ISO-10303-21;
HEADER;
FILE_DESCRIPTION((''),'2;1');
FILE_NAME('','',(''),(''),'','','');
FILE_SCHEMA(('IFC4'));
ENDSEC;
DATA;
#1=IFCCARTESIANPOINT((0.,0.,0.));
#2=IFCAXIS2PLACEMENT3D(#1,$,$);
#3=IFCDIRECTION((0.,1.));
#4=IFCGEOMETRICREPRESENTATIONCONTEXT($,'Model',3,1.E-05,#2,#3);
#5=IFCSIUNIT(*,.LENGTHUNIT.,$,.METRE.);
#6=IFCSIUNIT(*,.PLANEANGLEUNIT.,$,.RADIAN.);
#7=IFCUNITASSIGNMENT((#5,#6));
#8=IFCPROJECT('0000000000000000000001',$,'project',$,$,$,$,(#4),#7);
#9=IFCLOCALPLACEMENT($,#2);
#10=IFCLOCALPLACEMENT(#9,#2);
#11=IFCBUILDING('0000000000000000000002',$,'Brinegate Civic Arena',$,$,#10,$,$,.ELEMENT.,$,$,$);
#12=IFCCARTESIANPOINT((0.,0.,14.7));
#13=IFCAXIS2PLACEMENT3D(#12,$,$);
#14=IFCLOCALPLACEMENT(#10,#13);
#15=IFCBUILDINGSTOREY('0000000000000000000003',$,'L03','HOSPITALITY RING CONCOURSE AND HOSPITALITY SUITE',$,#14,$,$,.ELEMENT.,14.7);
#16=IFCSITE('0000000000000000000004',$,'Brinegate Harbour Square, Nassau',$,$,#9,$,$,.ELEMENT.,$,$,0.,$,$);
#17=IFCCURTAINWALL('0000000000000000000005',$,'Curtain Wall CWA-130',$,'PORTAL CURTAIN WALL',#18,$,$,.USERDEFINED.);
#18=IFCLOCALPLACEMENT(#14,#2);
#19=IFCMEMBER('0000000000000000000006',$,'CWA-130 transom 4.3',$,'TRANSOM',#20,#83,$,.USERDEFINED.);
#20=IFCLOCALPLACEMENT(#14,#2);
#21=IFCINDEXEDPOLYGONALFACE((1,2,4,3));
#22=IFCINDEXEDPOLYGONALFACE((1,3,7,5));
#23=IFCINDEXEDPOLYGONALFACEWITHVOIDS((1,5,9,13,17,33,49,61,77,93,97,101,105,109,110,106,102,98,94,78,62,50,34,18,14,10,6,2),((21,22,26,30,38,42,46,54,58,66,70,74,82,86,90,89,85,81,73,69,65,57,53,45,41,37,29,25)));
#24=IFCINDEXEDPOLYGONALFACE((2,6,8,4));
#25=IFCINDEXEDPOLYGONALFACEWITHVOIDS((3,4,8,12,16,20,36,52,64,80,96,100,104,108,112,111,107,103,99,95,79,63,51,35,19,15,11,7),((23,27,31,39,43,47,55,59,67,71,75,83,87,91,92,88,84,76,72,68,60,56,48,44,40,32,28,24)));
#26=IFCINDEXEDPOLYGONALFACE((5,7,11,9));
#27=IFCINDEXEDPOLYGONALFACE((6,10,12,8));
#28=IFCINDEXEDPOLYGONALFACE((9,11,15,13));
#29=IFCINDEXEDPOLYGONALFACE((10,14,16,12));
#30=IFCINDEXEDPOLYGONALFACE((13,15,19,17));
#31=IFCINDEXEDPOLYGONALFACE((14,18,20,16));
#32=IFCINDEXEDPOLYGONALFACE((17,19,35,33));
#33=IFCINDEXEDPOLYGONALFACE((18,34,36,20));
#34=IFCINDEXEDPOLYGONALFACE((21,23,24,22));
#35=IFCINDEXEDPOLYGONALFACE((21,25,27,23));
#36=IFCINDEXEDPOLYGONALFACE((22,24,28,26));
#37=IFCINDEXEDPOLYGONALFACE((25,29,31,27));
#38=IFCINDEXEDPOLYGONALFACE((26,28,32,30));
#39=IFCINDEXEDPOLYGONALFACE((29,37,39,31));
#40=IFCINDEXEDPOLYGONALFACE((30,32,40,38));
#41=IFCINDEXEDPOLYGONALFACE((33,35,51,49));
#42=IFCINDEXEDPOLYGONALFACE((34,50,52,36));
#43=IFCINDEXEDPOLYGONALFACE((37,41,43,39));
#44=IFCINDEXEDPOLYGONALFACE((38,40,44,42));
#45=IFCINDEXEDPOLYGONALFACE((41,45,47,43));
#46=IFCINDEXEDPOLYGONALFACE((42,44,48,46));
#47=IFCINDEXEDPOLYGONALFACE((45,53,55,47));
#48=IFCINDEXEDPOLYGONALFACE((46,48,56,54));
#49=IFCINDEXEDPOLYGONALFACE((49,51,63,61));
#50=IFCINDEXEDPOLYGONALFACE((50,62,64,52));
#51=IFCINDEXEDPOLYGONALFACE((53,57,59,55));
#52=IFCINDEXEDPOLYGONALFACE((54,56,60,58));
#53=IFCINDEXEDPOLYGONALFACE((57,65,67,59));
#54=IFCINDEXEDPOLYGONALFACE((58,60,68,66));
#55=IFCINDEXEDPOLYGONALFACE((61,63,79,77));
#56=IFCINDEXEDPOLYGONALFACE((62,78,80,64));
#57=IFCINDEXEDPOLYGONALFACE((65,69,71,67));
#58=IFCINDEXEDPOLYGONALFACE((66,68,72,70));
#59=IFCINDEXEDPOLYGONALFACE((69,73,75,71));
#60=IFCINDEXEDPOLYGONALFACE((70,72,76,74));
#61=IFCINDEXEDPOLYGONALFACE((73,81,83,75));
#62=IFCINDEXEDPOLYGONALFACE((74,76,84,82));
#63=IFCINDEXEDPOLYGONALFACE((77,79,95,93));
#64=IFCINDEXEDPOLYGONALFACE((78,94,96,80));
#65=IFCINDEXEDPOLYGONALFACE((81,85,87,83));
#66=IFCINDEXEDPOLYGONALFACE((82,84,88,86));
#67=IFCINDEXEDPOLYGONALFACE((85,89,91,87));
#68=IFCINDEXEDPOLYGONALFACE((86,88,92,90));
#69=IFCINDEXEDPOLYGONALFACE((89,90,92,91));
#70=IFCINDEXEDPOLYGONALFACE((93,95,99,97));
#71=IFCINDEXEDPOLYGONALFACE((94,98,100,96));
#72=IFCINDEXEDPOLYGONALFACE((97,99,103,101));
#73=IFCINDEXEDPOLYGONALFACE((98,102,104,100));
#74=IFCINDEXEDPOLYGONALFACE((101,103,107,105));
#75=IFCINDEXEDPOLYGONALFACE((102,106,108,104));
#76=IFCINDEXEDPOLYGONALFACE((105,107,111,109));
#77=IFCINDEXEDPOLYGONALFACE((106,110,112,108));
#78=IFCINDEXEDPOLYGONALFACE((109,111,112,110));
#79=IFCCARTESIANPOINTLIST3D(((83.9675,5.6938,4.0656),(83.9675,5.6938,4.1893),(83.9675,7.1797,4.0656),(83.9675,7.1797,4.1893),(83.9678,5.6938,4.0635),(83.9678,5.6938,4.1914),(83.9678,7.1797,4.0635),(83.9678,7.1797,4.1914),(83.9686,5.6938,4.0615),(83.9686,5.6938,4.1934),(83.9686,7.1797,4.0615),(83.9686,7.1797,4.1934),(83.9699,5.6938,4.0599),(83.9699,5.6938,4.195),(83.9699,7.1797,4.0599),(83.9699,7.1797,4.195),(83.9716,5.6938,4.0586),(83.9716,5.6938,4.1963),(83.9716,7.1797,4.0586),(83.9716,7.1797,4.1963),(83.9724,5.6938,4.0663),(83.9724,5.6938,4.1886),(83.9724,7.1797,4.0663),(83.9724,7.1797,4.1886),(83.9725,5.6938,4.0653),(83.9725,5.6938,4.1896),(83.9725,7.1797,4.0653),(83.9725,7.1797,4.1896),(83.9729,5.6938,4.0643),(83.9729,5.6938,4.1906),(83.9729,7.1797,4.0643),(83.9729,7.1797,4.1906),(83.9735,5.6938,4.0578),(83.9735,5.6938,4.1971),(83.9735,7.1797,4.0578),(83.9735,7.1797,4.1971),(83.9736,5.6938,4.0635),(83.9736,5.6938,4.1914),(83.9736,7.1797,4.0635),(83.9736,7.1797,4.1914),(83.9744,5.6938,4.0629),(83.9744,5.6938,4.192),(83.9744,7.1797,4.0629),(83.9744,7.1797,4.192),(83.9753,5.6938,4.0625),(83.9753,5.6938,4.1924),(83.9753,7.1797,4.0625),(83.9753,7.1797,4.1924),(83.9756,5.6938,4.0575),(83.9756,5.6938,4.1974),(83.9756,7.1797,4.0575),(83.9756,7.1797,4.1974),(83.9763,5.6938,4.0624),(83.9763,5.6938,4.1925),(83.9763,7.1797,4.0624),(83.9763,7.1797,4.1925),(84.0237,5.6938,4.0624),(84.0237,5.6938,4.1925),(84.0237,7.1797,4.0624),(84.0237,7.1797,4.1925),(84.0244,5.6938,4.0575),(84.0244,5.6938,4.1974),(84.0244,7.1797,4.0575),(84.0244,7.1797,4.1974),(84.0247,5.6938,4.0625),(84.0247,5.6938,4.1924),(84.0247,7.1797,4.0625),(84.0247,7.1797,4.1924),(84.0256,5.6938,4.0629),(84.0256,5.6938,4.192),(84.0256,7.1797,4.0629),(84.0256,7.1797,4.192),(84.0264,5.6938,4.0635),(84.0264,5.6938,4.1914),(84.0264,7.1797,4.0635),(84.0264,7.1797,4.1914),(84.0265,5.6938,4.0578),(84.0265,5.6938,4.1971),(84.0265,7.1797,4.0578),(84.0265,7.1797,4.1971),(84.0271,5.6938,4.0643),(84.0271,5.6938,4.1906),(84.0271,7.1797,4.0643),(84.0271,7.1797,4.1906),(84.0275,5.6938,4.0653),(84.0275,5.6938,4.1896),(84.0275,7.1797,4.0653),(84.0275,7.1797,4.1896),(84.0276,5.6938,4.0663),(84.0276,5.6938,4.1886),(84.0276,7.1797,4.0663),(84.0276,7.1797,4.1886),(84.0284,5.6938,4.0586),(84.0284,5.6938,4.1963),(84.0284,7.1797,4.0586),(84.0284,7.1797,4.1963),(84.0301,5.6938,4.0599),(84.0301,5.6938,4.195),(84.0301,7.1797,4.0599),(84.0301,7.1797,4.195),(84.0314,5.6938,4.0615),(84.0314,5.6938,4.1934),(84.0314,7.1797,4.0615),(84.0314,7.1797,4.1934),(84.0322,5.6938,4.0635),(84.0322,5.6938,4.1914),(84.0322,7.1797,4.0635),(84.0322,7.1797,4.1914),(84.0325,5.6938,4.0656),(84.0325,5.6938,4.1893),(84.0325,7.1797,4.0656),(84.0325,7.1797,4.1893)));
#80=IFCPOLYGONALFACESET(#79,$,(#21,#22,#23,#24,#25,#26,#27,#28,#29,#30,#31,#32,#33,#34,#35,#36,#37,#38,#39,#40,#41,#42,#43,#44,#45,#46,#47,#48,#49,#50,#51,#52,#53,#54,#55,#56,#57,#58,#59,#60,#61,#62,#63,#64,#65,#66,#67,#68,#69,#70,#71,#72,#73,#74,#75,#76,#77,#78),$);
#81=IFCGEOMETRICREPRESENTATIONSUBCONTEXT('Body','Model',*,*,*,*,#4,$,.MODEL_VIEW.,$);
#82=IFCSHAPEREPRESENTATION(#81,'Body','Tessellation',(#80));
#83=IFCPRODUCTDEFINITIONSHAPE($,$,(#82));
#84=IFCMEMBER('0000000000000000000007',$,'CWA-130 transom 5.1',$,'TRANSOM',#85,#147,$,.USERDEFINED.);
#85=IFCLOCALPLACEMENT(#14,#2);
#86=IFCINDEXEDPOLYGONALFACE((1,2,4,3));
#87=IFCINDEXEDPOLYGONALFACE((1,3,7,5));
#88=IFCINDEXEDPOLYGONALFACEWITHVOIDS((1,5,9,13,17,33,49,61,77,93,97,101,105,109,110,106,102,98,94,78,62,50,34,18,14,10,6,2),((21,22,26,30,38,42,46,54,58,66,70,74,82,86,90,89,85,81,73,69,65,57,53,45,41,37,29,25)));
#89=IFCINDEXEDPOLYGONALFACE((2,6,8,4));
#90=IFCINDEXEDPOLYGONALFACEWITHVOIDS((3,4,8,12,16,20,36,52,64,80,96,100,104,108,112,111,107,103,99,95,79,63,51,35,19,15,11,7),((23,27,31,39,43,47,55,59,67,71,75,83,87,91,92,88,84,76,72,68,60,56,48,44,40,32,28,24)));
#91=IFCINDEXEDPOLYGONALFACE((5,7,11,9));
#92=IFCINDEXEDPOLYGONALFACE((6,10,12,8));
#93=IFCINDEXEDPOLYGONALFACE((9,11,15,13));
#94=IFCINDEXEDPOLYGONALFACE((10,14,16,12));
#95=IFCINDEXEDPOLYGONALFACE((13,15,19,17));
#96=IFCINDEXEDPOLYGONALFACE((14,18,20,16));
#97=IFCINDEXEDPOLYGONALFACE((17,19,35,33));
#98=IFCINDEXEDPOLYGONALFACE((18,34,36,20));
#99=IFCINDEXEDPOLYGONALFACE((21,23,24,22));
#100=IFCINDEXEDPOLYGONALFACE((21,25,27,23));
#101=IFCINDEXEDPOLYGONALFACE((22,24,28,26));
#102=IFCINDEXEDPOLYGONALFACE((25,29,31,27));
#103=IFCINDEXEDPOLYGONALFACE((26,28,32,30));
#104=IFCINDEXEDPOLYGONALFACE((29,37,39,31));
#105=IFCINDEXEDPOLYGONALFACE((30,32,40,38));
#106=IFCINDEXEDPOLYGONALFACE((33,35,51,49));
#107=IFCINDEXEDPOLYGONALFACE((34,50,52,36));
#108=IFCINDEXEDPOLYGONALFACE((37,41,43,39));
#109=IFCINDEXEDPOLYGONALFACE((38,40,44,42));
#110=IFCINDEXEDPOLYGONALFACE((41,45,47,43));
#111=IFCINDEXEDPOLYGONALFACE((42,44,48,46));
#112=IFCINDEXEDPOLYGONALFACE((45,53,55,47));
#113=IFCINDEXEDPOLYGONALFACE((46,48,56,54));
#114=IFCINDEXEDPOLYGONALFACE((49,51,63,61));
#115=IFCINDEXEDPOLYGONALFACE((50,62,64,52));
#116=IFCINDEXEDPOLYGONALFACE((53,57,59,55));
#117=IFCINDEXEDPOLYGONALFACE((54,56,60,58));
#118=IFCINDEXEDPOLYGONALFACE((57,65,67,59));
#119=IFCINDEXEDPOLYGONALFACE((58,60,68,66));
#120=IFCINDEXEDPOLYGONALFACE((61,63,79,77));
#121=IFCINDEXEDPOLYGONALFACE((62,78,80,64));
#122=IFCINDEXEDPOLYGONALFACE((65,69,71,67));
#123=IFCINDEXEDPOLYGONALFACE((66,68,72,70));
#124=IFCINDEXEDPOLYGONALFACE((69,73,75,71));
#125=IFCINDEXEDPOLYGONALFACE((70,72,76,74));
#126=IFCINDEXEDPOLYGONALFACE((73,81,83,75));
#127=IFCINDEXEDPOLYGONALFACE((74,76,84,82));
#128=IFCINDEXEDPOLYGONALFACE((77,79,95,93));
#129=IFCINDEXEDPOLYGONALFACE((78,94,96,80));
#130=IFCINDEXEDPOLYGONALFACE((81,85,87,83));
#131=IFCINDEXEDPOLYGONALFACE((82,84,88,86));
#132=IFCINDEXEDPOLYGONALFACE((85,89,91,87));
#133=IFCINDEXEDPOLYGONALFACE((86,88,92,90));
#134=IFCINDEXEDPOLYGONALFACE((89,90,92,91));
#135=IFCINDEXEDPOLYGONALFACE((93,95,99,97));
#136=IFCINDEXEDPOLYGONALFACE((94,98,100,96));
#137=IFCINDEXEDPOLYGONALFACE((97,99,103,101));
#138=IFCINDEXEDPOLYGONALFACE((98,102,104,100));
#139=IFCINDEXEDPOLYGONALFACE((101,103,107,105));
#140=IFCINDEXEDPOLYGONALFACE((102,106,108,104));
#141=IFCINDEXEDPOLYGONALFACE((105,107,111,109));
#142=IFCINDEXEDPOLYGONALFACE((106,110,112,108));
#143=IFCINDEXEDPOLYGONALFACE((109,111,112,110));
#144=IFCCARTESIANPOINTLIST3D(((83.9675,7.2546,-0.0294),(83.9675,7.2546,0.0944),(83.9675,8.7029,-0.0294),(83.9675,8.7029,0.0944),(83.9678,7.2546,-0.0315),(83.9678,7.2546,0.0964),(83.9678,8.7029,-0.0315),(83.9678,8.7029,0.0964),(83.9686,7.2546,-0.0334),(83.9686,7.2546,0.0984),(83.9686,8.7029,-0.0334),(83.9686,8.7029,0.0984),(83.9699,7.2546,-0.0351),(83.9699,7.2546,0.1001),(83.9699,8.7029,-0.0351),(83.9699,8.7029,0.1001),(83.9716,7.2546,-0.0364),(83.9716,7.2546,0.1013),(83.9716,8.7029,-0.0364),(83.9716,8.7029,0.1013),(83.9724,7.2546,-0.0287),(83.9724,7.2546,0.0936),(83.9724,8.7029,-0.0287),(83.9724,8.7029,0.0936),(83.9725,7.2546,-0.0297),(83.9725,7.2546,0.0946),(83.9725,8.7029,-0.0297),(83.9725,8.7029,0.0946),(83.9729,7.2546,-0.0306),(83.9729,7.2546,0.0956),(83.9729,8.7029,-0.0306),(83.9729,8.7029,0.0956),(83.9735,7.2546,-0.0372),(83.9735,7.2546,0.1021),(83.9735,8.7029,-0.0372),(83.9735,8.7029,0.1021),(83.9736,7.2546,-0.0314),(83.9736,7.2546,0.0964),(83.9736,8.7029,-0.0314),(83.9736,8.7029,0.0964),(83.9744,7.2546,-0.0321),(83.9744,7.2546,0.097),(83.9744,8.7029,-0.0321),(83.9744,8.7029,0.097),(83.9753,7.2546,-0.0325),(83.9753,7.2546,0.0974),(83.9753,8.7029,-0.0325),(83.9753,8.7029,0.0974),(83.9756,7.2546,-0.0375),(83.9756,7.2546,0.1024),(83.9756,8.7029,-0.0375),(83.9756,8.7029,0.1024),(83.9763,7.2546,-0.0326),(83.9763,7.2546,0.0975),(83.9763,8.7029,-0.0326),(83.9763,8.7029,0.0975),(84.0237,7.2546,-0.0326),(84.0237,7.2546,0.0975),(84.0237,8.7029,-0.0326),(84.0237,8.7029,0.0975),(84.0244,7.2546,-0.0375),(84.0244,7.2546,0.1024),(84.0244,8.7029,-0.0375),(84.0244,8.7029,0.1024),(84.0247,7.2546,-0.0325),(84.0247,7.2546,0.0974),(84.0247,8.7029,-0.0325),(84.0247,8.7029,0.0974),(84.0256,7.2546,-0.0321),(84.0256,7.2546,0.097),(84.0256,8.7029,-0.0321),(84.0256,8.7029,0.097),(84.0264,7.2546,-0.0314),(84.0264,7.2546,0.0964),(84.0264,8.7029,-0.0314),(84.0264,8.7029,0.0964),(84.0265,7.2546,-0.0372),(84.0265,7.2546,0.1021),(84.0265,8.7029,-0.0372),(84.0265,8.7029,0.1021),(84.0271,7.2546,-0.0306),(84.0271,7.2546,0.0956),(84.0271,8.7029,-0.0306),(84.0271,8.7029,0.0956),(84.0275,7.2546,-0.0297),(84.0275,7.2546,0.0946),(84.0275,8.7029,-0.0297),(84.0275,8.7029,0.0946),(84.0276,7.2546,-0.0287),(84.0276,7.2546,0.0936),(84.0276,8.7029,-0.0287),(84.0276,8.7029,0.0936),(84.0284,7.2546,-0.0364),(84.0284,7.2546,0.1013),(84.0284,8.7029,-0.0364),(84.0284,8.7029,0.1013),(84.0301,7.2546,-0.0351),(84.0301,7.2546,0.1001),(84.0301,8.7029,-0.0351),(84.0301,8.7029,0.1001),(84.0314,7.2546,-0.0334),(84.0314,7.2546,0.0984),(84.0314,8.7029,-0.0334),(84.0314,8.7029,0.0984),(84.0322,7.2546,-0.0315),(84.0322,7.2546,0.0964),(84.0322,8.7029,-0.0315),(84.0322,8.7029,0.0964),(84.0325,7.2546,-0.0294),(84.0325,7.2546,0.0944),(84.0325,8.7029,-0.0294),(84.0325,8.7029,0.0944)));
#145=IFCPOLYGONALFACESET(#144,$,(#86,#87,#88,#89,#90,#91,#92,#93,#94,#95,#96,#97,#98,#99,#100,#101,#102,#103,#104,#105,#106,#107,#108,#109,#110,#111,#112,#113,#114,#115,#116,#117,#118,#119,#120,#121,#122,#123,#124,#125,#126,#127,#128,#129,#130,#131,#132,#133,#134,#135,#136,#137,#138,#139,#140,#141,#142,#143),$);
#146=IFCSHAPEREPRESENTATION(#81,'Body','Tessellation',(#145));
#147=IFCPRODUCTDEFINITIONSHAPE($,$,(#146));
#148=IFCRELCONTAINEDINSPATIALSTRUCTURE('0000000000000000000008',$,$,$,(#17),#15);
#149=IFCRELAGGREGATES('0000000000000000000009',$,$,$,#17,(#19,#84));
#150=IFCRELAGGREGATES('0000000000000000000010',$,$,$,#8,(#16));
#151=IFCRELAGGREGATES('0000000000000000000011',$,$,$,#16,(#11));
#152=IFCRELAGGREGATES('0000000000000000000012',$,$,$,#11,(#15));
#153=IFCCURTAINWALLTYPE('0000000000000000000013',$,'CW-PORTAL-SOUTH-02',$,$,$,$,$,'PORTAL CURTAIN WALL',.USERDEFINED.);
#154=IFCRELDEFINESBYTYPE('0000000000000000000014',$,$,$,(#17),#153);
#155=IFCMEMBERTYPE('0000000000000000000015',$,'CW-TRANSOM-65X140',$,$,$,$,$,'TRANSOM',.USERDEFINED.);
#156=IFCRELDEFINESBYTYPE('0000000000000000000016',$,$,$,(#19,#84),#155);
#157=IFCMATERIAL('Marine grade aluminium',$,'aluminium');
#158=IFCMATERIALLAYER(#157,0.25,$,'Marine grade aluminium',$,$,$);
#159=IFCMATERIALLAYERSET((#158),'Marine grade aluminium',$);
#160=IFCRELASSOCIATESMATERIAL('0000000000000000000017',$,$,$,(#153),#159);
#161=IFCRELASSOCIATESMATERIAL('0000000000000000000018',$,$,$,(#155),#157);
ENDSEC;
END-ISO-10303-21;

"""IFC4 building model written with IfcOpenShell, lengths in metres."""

from ifc_helpers import new_model, si_unit, direction, frame, origin, origin_2d, place, context, subcontext, project, spatial, hollow_rectangle, extrude, material, layer, layer_set, material_profile, profile_set, type_object, element, aggregate, save


model = new_model("IFC4")

# Units and contexts
model_context = context("Model", 3, precision=1e-05, world=origin(), true_north=direction((0.0, 1.0)))
body_context = subcontext(model_context, "Body", "Model", "MODEL_VIEW")
ifc_project = project(units=[si_unit("LENGTHUNIT", "METRE"), si_unit("PLANEANGLEUNIT", "RADIAN")], contexts=[model_context])

# Site, building, storey
site_placement = place(None, origin())
site = spatial("IfcSite", under=ifc_project, at=site_placement, Name="Brinegate Harbour Square, Nassau", CompositionType="ELEMENT", RefElevation=0.0)
building_placement = place(site_placement, origin())
building = spatial("IfcBuilding", under=site, at=building_placement, Name="Brinegate Civic Arena", CompositionType="ELEMENT")
storey_placement = place(building_placement, frame((0.0, 0.0, 14.7)))
storey = spatial("IfcBuildingStorey", under=building, at=storey_placement, Name="L03", Description="HOSPITALITY RING CONCOURSE AND HOSPITALITY SUITE", CompositionType="ELEMENT", Elevation=14.7)

# Shared definitions
ifc_material_1 = material(Name="Marine grade aluminium", Category="aluminium")
ifc_layer_1 = layer(ifc_material_1, 0.25, Name="Marine grade aluminium")
ifc_layer_set_1 = layer_set([ifc_layer_1], Name="Marine grade aluminium")
curtain_wall_type = type_object("IfcCurtainWallType", Name="CW-PORTAL-SOUTH-02", ElementType="PORTAL CURTAIN WALL", PredefinedType="USERDEFINED", material=ifc_layer_set_1)

# Curtain wall
curtain_wall_1_placement = place(storey_placement, origin())
curtain_wall_1 = element("IfcCurtainWall", 1, at=curtain_wall_1_placement, inside=storey, type_object=curtain_wall_type, Name="Curtain Wall CWA-130", ObjectType="PORTAL CURTAIN WALL", PredefinedType="USERDEFINED")

# Members
ifc_material_profile_1 = material_profile(ifc_material_1, hollow_rectangle(XDim=0.0649, YDim=0.1399, WallThickness=0.0049, InnerFilletRadius=0.0039, OuterFilletRadius=0.0081, at=origin_2d()), Name="TRN65X140")
ifc_profile_set_1 = profile_set([ifc_material_profile_1], Name="Marine grade aluminium")
member_type_1 = type_object("IfcMemberType", Name="CW-TRANSOM-65X140", ElementType="TRANSOM", PredefinedType="USERDEFINED", material=ifc_profile_set_1)
member_1_placement = place(storey_placement, frame((84.0, 5.6938, 4.1274), z_axis=(0.0, 1.0, 0.0), x_axis=(-1.0, 0.0, 0.0)))
member_1 = element("IfcMember", 2, at=member_1_placement, type_object=member_type_1, Name="CWA-130 transom 4.3", ObjectType="TRANSOM", PredefinedType="USERDEFINED", context=body_context, shape_type="SweptSolid", body=[
    extrude(hollow_rectangle(XDim=0.0649, YDim=0.1399, WallThickness=0.0049, InnerFilletRadius=0.0039, OuterFilletRadius=0.0081, at=origin_2d()), origin(), (0.0, 0.0, 1.0), 1.4858),
])
member_2_placement = place(storey_placement, frame((84.0, 7.2546, 0.0325), z_axis=(0.0, 1.0, 0.0), x_axis=(-1.0, 0.0, 0.0)))
member_2 = element("IfcMember", 3, at=member_2_placement, type_object=member_type_1, Name="CWA-130 transom 5.1", ObjectType="TRANSOM", PredefinedType="USERDEFINED", context=body_context, shape_type="SweptSolid", body=[
    extrude(hollow_rectangle(XDim=0.0649, YDim=0.1399, WallThickness=0.0049, InnerFilletRadius=0.0039, OuterFilletRadius=0.0081, at=origin_2d()), origin(), (0.0, 0.0, 1.0), 1.4482),
])

aggregate(curtain_wall_1, [member_1, member_2])

save(model, "model.ifc")
